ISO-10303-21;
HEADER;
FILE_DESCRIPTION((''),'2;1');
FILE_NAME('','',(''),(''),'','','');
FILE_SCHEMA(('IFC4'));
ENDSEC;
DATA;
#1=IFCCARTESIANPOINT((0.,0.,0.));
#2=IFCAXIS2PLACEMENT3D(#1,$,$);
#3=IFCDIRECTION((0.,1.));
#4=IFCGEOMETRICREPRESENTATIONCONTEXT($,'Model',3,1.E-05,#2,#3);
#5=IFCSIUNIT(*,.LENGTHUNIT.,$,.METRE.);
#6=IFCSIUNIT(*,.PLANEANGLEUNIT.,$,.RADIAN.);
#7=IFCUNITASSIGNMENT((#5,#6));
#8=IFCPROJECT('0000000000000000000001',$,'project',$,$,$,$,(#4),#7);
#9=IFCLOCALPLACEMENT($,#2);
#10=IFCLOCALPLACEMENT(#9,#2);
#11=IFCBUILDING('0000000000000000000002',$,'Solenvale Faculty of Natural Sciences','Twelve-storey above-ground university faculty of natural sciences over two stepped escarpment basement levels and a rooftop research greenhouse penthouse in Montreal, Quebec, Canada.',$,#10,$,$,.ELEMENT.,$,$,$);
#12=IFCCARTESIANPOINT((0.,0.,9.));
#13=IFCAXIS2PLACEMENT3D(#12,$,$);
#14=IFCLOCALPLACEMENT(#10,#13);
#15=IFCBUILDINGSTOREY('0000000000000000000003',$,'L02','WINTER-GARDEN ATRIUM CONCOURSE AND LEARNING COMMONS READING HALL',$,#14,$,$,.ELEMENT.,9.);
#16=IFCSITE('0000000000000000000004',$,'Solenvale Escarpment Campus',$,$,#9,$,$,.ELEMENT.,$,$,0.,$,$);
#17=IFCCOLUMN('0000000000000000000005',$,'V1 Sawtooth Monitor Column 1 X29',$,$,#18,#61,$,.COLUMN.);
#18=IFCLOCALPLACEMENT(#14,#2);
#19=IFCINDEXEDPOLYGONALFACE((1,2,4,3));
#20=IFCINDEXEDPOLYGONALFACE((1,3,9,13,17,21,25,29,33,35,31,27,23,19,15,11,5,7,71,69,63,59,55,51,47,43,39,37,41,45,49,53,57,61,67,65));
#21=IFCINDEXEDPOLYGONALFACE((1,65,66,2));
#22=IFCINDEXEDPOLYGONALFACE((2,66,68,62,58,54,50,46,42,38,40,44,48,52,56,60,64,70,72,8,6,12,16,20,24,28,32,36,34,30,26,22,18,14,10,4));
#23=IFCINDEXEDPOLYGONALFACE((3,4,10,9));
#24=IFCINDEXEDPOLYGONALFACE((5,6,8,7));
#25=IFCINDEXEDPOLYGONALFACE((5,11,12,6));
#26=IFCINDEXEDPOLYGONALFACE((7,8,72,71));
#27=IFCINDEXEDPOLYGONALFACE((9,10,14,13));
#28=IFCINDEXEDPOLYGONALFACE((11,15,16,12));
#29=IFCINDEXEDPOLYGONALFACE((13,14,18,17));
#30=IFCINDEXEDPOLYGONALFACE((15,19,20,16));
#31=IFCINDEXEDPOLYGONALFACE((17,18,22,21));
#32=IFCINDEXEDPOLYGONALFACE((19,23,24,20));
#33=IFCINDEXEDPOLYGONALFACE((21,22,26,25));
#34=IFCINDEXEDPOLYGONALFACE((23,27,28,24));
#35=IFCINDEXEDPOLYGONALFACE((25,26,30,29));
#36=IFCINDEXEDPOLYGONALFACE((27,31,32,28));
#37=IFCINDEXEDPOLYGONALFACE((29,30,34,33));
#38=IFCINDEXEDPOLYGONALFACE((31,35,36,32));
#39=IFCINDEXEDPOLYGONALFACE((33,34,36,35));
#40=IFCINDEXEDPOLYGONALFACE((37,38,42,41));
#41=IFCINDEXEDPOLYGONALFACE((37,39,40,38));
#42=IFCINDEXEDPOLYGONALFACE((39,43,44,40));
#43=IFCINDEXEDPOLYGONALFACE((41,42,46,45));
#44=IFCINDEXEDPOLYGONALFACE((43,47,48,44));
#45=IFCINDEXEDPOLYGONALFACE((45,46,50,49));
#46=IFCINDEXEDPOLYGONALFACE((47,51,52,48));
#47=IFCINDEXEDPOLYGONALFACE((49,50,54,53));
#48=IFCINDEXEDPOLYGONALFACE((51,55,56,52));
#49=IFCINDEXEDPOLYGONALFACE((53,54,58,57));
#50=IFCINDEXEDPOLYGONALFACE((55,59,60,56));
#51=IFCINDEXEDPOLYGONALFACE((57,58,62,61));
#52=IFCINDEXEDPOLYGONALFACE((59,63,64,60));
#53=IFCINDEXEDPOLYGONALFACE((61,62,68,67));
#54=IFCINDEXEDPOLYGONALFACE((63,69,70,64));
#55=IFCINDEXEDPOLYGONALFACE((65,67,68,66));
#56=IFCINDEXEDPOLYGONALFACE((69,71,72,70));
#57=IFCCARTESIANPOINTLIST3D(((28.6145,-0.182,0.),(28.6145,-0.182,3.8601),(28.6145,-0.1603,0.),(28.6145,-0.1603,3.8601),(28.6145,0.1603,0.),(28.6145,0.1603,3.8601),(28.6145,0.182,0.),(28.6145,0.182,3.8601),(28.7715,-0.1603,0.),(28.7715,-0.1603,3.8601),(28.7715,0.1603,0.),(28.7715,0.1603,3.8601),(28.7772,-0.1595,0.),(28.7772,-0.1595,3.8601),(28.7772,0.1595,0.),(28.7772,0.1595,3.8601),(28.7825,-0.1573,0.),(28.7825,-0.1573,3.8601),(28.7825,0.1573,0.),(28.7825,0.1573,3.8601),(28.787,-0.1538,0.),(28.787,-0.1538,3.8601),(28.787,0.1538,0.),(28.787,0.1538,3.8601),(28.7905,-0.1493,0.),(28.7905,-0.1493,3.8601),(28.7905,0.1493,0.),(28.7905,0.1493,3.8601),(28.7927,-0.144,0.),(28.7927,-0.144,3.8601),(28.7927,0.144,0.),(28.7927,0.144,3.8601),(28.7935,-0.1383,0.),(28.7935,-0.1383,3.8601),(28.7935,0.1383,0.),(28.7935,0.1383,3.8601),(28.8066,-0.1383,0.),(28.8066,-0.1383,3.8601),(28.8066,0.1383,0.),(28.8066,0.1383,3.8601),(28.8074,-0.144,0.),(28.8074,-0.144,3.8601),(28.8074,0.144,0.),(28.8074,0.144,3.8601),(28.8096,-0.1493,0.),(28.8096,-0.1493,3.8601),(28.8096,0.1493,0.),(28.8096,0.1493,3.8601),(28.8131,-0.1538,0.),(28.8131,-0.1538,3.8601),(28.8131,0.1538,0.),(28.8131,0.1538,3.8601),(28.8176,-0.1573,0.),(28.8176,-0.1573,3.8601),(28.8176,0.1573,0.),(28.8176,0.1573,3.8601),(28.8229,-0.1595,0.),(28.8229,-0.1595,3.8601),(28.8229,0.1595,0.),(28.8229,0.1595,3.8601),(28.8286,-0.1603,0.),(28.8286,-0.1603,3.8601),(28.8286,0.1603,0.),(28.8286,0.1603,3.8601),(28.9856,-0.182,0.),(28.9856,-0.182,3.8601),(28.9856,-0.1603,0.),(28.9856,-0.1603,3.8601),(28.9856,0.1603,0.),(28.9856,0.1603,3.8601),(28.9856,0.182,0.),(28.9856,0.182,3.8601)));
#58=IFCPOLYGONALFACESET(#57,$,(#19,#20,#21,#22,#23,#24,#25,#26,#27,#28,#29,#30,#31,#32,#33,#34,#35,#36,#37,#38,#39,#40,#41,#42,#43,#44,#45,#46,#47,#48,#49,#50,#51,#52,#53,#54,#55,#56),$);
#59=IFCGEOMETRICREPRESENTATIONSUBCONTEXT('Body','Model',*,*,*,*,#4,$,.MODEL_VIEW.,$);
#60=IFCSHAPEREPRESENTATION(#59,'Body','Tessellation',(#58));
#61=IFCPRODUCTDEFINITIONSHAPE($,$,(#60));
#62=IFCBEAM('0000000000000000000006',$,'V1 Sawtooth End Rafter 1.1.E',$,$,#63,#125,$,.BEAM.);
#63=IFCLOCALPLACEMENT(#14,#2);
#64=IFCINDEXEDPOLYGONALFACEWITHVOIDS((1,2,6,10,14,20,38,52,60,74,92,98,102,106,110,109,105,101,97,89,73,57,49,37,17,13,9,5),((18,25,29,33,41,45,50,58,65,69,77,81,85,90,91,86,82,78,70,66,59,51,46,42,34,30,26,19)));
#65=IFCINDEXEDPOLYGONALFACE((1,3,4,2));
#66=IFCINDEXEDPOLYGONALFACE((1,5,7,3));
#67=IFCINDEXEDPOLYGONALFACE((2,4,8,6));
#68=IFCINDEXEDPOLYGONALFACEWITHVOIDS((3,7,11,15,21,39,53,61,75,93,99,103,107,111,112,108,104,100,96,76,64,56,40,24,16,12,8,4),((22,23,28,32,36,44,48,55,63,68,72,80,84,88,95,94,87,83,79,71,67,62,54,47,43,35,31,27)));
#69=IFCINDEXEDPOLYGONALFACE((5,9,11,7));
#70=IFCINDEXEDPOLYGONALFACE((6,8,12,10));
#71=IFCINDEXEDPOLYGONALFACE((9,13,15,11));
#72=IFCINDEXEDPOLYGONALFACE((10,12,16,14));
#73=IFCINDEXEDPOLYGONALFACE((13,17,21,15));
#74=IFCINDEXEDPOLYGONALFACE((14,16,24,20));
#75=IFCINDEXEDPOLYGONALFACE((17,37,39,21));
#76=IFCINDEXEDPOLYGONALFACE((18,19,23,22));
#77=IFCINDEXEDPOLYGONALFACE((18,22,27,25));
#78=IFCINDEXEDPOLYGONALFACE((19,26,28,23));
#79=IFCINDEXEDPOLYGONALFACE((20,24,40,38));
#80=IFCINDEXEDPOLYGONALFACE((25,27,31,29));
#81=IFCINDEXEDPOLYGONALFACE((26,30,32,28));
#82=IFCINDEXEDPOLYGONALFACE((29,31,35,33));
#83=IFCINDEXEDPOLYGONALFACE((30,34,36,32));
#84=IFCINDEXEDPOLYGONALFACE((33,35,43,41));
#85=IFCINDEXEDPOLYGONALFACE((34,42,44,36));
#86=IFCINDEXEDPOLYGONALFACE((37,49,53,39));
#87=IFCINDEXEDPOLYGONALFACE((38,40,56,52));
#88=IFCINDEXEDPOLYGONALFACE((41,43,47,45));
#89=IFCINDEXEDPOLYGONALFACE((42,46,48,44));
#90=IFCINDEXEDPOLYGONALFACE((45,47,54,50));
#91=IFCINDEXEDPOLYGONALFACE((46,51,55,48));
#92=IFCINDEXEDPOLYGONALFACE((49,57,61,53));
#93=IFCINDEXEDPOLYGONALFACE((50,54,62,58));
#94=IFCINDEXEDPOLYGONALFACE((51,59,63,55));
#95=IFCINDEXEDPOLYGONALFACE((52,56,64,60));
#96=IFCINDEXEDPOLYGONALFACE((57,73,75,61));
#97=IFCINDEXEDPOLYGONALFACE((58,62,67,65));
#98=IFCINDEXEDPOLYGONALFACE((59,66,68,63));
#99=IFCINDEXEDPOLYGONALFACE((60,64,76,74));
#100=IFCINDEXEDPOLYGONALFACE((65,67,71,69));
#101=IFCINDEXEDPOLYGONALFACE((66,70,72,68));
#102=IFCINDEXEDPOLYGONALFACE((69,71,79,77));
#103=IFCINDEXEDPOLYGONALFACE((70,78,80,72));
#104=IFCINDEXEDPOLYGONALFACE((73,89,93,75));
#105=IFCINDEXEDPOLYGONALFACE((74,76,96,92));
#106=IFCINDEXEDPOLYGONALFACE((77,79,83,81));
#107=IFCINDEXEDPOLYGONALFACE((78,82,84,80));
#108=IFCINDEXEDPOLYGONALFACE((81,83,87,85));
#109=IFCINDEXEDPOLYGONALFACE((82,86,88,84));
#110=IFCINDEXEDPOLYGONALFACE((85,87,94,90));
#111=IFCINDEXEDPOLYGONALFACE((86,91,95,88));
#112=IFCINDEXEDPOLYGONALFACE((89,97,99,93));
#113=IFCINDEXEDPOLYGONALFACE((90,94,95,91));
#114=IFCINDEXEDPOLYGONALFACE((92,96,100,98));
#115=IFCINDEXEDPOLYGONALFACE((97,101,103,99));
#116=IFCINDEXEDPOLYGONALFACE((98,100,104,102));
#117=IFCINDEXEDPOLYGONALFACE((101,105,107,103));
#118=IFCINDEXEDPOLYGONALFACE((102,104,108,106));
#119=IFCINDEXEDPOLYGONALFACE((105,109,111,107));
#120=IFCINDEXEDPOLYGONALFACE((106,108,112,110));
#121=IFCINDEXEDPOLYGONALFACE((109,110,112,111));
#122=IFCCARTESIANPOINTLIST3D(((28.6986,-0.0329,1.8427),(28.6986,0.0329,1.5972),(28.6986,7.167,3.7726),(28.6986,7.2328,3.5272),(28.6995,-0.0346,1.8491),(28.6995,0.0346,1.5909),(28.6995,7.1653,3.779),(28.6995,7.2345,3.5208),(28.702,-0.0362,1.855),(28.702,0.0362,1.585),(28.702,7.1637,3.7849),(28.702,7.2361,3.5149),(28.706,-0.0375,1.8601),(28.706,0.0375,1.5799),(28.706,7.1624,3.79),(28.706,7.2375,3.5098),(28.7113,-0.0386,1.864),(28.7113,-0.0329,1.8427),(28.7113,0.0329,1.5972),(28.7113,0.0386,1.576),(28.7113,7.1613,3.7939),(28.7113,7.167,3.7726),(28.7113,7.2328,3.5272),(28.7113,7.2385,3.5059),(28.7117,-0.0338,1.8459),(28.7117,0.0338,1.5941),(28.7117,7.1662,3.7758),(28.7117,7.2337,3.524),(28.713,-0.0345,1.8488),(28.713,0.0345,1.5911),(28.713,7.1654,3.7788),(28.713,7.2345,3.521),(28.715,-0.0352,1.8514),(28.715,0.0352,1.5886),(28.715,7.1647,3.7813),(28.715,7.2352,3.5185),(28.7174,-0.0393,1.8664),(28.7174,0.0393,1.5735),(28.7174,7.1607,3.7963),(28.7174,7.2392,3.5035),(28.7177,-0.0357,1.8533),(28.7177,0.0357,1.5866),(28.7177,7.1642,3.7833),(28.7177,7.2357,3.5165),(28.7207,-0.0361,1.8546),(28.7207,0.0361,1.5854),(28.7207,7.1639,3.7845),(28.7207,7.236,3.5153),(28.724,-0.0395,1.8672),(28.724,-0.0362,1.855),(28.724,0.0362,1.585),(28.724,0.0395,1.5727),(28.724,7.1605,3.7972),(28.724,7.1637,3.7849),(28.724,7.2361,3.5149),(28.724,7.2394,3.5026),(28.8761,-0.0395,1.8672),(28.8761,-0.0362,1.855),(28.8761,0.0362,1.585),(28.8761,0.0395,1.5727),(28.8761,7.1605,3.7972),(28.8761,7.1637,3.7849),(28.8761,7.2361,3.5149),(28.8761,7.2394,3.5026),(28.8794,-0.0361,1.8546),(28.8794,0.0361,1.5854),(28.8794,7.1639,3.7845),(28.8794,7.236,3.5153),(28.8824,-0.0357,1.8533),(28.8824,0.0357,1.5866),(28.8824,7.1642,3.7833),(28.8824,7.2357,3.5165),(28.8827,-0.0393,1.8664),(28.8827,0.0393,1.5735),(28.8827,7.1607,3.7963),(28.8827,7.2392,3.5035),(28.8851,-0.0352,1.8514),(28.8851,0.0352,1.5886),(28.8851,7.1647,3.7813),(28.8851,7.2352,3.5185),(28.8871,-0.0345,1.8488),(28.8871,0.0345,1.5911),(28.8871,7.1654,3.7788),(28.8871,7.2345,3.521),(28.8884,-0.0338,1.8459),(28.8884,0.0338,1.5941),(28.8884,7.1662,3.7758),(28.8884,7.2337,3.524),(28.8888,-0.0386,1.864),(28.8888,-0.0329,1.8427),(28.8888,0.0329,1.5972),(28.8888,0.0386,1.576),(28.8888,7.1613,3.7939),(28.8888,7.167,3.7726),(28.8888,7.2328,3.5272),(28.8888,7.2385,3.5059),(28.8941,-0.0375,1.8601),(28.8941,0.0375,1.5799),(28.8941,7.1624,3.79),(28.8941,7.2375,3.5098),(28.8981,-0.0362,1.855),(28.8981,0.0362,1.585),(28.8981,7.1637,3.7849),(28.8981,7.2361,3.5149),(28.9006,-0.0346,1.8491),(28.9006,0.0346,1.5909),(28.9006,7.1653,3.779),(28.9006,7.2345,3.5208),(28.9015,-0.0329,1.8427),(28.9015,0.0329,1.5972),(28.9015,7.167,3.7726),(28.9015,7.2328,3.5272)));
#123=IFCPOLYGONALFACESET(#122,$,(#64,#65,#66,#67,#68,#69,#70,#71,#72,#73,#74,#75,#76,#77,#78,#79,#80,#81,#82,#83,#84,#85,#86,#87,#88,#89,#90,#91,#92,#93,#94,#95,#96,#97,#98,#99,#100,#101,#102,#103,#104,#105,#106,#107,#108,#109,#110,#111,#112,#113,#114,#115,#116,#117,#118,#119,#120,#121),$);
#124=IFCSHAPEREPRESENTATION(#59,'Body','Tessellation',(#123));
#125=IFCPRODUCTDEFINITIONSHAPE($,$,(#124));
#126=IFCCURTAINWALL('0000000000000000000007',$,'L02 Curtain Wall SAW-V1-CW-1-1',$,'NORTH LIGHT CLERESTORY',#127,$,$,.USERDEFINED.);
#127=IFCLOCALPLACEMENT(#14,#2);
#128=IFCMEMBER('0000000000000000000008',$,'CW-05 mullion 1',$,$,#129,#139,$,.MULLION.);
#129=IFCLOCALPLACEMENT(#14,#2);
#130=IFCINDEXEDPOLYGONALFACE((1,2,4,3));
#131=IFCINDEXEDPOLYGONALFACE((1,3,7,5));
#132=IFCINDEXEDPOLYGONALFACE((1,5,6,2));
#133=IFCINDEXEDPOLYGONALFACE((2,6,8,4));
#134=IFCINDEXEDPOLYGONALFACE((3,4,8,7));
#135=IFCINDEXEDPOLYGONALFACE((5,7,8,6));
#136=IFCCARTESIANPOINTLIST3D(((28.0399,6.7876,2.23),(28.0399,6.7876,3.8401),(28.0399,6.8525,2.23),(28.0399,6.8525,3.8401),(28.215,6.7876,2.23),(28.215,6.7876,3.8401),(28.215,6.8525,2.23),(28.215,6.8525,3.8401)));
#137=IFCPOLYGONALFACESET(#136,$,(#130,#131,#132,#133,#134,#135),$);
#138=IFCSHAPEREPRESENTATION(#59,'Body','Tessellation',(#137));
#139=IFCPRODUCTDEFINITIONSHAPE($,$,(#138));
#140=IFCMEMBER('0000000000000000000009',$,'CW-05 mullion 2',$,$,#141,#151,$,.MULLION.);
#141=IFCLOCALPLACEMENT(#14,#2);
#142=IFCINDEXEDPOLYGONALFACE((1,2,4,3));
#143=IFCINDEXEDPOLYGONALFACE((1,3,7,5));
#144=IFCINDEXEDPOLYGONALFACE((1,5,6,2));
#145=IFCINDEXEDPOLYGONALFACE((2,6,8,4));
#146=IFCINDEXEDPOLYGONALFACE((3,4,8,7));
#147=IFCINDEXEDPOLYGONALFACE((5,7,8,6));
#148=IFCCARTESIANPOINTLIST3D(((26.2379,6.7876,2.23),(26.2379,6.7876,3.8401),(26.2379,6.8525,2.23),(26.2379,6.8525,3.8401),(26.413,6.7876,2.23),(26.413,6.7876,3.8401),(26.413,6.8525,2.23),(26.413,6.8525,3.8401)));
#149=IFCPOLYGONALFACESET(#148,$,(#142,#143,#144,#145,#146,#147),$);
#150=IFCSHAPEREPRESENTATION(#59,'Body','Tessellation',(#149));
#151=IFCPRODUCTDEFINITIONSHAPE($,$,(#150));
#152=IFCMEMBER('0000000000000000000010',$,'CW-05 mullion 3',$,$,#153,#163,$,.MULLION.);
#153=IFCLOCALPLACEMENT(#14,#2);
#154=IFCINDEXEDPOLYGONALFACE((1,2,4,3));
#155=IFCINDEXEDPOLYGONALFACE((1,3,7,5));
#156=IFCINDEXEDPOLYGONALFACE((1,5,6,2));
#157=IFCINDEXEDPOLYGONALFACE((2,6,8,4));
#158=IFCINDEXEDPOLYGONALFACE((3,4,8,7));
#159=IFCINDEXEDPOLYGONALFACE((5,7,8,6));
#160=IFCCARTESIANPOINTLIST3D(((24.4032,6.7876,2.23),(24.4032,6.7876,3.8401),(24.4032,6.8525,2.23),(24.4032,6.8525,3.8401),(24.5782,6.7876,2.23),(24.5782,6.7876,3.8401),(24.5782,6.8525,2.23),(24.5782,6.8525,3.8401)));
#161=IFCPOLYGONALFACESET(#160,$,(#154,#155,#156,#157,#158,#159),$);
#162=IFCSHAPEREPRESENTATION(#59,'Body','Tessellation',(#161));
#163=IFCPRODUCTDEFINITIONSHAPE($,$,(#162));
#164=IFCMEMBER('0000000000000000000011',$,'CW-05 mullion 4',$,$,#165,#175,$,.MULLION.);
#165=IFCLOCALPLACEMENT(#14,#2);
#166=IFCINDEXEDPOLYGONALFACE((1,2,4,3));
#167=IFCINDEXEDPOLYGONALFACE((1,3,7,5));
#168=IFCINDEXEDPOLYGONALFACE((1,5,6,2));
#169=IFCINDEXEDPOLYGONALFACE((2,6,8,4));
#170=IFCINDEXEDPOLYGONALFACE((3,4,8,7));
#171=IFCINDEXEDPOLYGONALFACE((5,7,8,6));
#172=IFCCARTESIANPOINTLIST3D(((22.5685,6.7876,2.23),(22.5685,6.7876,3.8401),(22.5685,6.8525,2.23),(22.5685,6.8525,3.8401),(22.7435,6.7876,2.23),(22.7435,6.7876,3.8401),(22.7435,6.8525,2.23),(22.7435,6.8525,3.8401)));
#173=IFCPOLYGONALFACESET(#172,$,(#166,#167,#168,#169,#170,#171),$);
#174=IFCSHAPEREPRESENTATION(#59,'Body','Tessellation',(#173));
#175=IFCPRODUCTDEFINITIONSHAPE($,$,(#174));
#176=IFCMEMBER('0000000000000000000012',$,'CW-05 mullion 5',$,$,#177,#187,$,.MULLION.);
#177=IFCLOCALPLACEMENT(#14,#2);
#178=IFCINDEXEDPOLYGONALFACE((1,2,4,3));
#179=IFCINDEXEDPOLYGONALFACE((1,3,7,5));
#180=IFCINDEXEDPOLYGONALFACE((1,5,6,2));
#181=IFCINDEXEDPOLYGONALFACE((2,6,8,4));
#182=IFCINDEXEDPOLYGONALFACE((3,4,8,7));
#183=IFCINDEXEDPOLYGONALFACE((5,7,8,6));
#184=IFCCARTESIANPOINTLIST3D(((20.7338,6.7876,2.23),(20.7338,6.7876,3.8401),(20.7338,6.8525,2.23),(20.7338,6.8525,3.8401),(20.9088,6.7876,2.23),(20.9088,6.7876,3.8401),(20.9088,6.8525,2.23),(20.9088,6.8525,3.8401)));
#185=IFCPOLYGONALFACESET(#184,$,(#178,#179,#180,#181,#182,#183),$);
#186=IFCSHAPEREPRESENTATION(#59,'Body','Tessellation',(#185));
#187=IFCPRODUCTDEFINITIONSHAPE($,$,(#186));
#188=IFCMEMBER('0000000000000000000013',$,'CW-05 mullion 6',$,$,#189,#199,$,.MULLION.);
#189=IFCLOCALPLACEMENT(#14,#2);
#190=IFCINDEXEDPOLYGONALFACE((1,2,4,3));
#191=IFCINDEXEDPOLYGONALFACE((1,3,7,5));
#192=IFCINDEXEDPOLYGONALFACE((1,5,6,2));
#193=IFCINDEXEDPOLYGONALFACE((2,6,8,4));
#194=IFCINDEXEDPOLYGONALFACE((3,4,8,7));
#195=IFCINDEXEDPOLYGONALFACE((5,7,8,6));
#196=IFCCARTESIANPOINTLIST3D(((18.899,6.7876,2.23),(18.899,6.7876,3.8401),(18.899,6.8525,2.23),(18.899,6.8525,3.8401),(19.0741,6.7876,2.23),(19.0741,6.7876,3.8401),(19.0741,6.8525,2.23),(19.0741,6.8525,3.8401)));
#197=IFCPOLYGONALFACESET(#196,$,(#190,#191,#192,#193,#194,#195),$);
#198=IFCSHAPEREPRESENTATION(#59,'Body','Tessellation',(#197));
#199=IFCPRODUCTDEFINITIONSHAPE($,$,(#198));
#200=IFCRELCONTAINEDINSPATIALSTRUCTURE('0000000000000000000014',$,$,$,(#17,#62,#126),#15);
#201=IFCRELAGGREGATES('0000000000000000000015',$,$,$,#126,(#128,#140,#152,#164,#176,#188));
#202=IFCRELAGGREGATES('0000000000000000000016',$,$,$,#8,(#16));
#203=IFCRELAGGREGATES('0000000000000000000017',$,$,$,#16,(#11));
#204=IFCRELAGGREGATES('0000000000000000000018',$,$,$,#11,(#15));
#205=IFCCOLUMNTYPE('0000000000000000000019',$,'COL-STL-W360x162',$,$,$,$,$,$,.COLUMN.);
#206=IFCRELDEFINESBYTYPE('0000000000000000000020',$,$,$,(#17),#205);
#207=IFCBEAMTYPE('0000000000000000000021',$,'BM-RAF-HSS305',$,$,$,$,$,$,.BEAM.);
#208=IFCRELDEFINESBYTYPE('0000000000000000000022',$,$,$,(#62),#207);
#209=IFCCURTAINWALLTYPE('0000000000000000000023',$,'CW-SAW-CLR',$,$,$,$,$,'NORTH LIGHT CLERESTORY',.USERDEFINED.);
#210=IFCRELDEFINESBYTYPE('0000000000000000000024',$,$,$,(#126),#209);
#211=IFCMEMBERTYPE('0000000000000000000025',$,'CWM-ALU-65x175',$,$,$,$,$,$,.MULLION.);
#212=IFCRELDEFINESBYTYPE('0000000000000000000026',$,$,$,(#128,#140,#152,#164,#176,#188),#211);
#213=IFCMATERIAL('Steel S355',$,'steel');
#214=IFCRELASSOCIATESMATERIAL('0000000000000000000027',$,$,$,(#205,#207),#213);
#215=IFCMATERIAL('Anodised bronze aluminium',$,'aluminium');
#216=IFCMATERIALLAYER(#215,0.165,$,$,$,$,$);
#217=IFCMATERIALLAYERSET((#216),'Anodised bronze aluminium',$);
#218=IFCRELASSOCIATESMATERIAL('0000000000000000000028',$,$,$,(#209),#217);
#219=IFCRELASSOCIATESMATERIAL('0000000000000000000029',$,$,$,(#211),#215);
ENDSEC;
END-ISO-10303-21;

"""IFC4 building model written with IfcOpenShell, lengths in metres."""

from ifc_helpers import new_model, si_unit, direction, frame, origin, origin_2d, place, context, subcontext, project, spatial, rectangle, hollow_rectangle, i_section, extrude, material, layer, layer_set, material_profile, profile_set, type_object, element, aggregate, save


model = new_model("IFC4")

# Units and contexts
model_context = context("Model", 3, precision=1e-05, world=origin(), true_north=direction((0.0, 1.0)))
body_context = subcontext(model_context, "Body", "Model", "MODEL_VIEW")
ifc_project = project(units=[si_unit("LENGTHUNIT", "METRE"), si_unit("PLANEANGLEUNIT", "RADIAN")], contexts=[model_context])

# Site, building, storey
site_placement = place(None, origin())
site = spatial("IfcSite", under=ifc_project, at=site_placement, Name="Solenvale Escarpment Campus", CompositionType="ELEMENT", RefElevation=0.0)
building_placement = place(site_placement, origin())
building = spatial("IfcBuilding", under=site, at=building_placement, Name="Solenvale Faculty of Natural Sciences", Description="Twelve-storey above-ground university faculty of natural sciences over two stepped escarpment basement levels and a rooftop research greenhouse penthouse in Montreal, Quebec, Canada.", CompositionType="ELEMENT")
storey_placement = place(building_placement, frame((0.0, 0.0, 9.0)))
storey = spatial("IfcBuildingStorey", under=building, at=storey_placement, Name="L02", Description="WINTER-GARDEN ATRIUM CONCOURSE AND LEARNING COMMONS READING HALL", CompositionType="ELEMENT", Elevation=9.0)

# Column
ifc_material_1 = material(Name="Steel S355", Category="steel")
ifc_material_profile_1 = material_profile(ifc_material_1, i_section(OverallWidth=0.3711, OverallDepth=0.364, WebThickness=0.0132, FlangeThickness=0.0217, FilletRadius=0.022, at=origin_2d()), Name="W360x162")
ifc_profile_set_1 = profile_set([ifc_material_profile_1], Name="Steel S355")
column_type = type_object("IfcColumnType", Name="COL-STL-W360x162", PredefinedType="COLUMN", material=ifc_profile_set_1)
column_placement = place(storey_placement, frame((28.8, 0.0, 0.0), z_axis=(0.0, 0.0, 1.0), x_axis=(1.0, 0.0, 0.0)))
element("IfcColumn", 1, at=column_placement, inside=storey, type_object=column_type, Name="V1 Sawtooth Monitor Column 1 X29", PredefinedType="COLUMN", context=body_context, shape_type="SweptSolid", body=[
    extrude(i_section(OverallWidth=0.3711, OverallDepth=0.364, WebThickness=0.0132, FlangeThickness=0.0217, FilletRadius=0.022, at=origin_2d()), origin(), (0.0, 0.0, 1.0), 3.8601),
])

# Beam
ifc_material_profile_2 = material_profile(ifc_material_1, hollow_rectangle(XDim=0.2029, YDim=0.3049, WallThickness=0.0127, InnerFilletRadius=0.0127, OuterFilletRadius=0.0254, at=origin_2d()), Name="HSS305x203x13")
ifc_profile_set_2 = profile_set([ifc_material_profile_2], Name="Steel S355")
beam_type = type_object("IfcBeamType", Name="BM-RAF-HSS305", PredefinedType="BEAM", material=ifc_profile_set_2)
beam_placement = place(storey_placement, frame((28.8, 0.0, 1.72), z_axis=(0.0, 0.965902, 0.258908), x_axis=(-1.0, 0.0, 0.0)))
element("IfcBeam", 2, at=beam_placement, inside=storey, type_object=beam_type, Name="V1 Sawtooth End Rafter 1.1.E", PredefinedType="BEAM", context=body_context, shape_type="SweptSolid", body=[
    extrude(hollow_rectangle(XDim=0.2029, YDim=0.3049, WallThickness=0.0127, InnerFilletRadius=0.0127, OuterFilletRadius=0.0254, at=origin_2d()), origin(), (0.0, 0.0, 1.0), 7.4541),
])

# Curtain wall, members
ifc_material_2 = material(Name="Anodised bronze aluminium", Category="aluminium")
ifc_layer_1 = layer(ifc_material_2, 0.165)
ifc_layer_set_1 = layer_set([ifc_layer_1], Name="Anodised bronze aluminium")
curtain_wall_type = type_object("IfcCurtainWallType", Name="CW-SAW-CLR", ElementType="NORTH LIGHT CLERESTORY", PredefinedType="USERDEFINED", material=ifc_layer_set_1)
curtain_wall_placement = place(storey_placement, origin())
curtain_wall = element("IfcCurtainWall", 3, at=curtain_wall_placement, inside=storey, type_object=curtain_wall_type, Name="L02 Curtain Wall SAW-V1-CW-1-1", ObjectType="NORTH LIGHT CLERESTORY", PredefinedType="USERDEFINED")
ifc_material_profile_3 = material_profile(ifc_material_2, rectangle(XDim=0.0649, YDim=0.175, at=origin_2d()), Name="ALU-MUL-65x175")
ifc_profile_set_3 = profile_set([ifc_material_profile_3], Name="Anodised bronze aluminium")
member_type_1 = type_object("IfcMemberType", Name="CWM-ALU-65x175", PredefinedType="MULLION", material=ifc_profile_set_3)
member_1_placement = place(storey_placement, frame((28.1274, 6.8201, 2.23), z_axis=(0.0, 0.0, 1.0), x_axis=(0.0, -1.0, 0.0)))
member_1 = element("IfcMember", 4, at=member_1_placement, type_object=member_type_1, Name="CW-05 mullion 1", PredefinedType="MULLION", context=body_context, shape_type="SweptSolid", body=[
    extrude(rectangle(XDim=0.0649, YDim=0.175, at=origin_2d()), origin(), (0.0, 0.0, 1.0), 1.6101),
])
member_2_placement = place(storey_placement, frame((26.3254, 6.8201, 2.23), z_axis=(0.0, 0.0, 1.0), x_axis=(0.0, -1.0, 0.0)))
member_2 = element("IfcMember", 5, at=member_2_placement, type_object=member_type_1, Name="CW-05 mullion 2", PredefinedType="MULLION", context=body_context, shape_type="SweptSolid", body=[
    extrude(rectangle(XDim=0.0649, YDim=0.175, at=origin_2d()), origin(), (0.0, 0.0, 1.0), 1.6101),
])
member_3_placement = place(storey_placement, frame((24.4907, 6.8201, 2.23), z_axis=(0.0, 0.0, 1.0), x_axis=(0.0, -1.0, 0.0)))
member_3 = element("IfcMember", 6, at=member_3_placement, type_object=member_type_1, Name="CW-05 mullion 3", PredefinedType="MULLION", context=body_context, shape_type="SweptSolid", body=[
    extrude(rectangle(XDim=0.0649, YDim=0.175, at=origin_2d()), origin(), (0.0, 0.0, 1.0), 1.6101),
])
member_4_placement = place(storey_placement, frame((22.656, 6.8201, 2.23), z_axis=(0.0, 0.0, 1.0), x_axis=(0.0, -1.0, 0.0)))
member_4 = element("IfcMember", 7, at=member_4_placement, type_object=member_type_1, Name="CW-05 mullion 4", PredefinedType="MULLION", context=body_context, shape_type="SweptSolid", body=[
    extrude(rectangle(XDim=0.0649, YDim=0.175, at=origin_2d()), origin(), (0.0, 0.0, 1.0), 1.6101),
])
member_5_placement = place(storey_placement, frame((20.8213, 6.8201, 2.23), z_axis=(0.0, 0.0, 1.0), x_axis=(0.0, -1.0, 0.0)))
member_5 = element("IfcMember", 8, at=member_5_placement, type_object=member_type_1, Name="CW-05 mullion 5", PredefinedType="MULLION", context=body_context, shape_type="SweptSolid", body=[
    extrude(rectangle(XDim=0.0649, YDim=0.175, at=origin_2d()), origin(), (0.0, 0.0, 1.0), 1.6101),
])
member_6_placement = place(storey_placement, frame((18.9866, 6.8201, 2.23), z_axis=(0.0, 0.0, 1.0), x_axis=(0.0, -1.0, 0.0)))
member_6 = element("IfcMember", 9, at=member_6_placement, type_object=member_type_1, Name="CW-05 mullion 6", PredefinedType="MULLION", context=body_context, shape_type="SweptSolid", body=[
    extrude(rectangle(XDim=0.0649, YDim=0.175, at=origin_2d()), origin(), (0.0, 0.0, 1.0), 1.6101),
])

aggregate(curtain_wall, [member_1, member_2, member_3, member_4, member_5, member_6])

save(model, "model.ifc")
